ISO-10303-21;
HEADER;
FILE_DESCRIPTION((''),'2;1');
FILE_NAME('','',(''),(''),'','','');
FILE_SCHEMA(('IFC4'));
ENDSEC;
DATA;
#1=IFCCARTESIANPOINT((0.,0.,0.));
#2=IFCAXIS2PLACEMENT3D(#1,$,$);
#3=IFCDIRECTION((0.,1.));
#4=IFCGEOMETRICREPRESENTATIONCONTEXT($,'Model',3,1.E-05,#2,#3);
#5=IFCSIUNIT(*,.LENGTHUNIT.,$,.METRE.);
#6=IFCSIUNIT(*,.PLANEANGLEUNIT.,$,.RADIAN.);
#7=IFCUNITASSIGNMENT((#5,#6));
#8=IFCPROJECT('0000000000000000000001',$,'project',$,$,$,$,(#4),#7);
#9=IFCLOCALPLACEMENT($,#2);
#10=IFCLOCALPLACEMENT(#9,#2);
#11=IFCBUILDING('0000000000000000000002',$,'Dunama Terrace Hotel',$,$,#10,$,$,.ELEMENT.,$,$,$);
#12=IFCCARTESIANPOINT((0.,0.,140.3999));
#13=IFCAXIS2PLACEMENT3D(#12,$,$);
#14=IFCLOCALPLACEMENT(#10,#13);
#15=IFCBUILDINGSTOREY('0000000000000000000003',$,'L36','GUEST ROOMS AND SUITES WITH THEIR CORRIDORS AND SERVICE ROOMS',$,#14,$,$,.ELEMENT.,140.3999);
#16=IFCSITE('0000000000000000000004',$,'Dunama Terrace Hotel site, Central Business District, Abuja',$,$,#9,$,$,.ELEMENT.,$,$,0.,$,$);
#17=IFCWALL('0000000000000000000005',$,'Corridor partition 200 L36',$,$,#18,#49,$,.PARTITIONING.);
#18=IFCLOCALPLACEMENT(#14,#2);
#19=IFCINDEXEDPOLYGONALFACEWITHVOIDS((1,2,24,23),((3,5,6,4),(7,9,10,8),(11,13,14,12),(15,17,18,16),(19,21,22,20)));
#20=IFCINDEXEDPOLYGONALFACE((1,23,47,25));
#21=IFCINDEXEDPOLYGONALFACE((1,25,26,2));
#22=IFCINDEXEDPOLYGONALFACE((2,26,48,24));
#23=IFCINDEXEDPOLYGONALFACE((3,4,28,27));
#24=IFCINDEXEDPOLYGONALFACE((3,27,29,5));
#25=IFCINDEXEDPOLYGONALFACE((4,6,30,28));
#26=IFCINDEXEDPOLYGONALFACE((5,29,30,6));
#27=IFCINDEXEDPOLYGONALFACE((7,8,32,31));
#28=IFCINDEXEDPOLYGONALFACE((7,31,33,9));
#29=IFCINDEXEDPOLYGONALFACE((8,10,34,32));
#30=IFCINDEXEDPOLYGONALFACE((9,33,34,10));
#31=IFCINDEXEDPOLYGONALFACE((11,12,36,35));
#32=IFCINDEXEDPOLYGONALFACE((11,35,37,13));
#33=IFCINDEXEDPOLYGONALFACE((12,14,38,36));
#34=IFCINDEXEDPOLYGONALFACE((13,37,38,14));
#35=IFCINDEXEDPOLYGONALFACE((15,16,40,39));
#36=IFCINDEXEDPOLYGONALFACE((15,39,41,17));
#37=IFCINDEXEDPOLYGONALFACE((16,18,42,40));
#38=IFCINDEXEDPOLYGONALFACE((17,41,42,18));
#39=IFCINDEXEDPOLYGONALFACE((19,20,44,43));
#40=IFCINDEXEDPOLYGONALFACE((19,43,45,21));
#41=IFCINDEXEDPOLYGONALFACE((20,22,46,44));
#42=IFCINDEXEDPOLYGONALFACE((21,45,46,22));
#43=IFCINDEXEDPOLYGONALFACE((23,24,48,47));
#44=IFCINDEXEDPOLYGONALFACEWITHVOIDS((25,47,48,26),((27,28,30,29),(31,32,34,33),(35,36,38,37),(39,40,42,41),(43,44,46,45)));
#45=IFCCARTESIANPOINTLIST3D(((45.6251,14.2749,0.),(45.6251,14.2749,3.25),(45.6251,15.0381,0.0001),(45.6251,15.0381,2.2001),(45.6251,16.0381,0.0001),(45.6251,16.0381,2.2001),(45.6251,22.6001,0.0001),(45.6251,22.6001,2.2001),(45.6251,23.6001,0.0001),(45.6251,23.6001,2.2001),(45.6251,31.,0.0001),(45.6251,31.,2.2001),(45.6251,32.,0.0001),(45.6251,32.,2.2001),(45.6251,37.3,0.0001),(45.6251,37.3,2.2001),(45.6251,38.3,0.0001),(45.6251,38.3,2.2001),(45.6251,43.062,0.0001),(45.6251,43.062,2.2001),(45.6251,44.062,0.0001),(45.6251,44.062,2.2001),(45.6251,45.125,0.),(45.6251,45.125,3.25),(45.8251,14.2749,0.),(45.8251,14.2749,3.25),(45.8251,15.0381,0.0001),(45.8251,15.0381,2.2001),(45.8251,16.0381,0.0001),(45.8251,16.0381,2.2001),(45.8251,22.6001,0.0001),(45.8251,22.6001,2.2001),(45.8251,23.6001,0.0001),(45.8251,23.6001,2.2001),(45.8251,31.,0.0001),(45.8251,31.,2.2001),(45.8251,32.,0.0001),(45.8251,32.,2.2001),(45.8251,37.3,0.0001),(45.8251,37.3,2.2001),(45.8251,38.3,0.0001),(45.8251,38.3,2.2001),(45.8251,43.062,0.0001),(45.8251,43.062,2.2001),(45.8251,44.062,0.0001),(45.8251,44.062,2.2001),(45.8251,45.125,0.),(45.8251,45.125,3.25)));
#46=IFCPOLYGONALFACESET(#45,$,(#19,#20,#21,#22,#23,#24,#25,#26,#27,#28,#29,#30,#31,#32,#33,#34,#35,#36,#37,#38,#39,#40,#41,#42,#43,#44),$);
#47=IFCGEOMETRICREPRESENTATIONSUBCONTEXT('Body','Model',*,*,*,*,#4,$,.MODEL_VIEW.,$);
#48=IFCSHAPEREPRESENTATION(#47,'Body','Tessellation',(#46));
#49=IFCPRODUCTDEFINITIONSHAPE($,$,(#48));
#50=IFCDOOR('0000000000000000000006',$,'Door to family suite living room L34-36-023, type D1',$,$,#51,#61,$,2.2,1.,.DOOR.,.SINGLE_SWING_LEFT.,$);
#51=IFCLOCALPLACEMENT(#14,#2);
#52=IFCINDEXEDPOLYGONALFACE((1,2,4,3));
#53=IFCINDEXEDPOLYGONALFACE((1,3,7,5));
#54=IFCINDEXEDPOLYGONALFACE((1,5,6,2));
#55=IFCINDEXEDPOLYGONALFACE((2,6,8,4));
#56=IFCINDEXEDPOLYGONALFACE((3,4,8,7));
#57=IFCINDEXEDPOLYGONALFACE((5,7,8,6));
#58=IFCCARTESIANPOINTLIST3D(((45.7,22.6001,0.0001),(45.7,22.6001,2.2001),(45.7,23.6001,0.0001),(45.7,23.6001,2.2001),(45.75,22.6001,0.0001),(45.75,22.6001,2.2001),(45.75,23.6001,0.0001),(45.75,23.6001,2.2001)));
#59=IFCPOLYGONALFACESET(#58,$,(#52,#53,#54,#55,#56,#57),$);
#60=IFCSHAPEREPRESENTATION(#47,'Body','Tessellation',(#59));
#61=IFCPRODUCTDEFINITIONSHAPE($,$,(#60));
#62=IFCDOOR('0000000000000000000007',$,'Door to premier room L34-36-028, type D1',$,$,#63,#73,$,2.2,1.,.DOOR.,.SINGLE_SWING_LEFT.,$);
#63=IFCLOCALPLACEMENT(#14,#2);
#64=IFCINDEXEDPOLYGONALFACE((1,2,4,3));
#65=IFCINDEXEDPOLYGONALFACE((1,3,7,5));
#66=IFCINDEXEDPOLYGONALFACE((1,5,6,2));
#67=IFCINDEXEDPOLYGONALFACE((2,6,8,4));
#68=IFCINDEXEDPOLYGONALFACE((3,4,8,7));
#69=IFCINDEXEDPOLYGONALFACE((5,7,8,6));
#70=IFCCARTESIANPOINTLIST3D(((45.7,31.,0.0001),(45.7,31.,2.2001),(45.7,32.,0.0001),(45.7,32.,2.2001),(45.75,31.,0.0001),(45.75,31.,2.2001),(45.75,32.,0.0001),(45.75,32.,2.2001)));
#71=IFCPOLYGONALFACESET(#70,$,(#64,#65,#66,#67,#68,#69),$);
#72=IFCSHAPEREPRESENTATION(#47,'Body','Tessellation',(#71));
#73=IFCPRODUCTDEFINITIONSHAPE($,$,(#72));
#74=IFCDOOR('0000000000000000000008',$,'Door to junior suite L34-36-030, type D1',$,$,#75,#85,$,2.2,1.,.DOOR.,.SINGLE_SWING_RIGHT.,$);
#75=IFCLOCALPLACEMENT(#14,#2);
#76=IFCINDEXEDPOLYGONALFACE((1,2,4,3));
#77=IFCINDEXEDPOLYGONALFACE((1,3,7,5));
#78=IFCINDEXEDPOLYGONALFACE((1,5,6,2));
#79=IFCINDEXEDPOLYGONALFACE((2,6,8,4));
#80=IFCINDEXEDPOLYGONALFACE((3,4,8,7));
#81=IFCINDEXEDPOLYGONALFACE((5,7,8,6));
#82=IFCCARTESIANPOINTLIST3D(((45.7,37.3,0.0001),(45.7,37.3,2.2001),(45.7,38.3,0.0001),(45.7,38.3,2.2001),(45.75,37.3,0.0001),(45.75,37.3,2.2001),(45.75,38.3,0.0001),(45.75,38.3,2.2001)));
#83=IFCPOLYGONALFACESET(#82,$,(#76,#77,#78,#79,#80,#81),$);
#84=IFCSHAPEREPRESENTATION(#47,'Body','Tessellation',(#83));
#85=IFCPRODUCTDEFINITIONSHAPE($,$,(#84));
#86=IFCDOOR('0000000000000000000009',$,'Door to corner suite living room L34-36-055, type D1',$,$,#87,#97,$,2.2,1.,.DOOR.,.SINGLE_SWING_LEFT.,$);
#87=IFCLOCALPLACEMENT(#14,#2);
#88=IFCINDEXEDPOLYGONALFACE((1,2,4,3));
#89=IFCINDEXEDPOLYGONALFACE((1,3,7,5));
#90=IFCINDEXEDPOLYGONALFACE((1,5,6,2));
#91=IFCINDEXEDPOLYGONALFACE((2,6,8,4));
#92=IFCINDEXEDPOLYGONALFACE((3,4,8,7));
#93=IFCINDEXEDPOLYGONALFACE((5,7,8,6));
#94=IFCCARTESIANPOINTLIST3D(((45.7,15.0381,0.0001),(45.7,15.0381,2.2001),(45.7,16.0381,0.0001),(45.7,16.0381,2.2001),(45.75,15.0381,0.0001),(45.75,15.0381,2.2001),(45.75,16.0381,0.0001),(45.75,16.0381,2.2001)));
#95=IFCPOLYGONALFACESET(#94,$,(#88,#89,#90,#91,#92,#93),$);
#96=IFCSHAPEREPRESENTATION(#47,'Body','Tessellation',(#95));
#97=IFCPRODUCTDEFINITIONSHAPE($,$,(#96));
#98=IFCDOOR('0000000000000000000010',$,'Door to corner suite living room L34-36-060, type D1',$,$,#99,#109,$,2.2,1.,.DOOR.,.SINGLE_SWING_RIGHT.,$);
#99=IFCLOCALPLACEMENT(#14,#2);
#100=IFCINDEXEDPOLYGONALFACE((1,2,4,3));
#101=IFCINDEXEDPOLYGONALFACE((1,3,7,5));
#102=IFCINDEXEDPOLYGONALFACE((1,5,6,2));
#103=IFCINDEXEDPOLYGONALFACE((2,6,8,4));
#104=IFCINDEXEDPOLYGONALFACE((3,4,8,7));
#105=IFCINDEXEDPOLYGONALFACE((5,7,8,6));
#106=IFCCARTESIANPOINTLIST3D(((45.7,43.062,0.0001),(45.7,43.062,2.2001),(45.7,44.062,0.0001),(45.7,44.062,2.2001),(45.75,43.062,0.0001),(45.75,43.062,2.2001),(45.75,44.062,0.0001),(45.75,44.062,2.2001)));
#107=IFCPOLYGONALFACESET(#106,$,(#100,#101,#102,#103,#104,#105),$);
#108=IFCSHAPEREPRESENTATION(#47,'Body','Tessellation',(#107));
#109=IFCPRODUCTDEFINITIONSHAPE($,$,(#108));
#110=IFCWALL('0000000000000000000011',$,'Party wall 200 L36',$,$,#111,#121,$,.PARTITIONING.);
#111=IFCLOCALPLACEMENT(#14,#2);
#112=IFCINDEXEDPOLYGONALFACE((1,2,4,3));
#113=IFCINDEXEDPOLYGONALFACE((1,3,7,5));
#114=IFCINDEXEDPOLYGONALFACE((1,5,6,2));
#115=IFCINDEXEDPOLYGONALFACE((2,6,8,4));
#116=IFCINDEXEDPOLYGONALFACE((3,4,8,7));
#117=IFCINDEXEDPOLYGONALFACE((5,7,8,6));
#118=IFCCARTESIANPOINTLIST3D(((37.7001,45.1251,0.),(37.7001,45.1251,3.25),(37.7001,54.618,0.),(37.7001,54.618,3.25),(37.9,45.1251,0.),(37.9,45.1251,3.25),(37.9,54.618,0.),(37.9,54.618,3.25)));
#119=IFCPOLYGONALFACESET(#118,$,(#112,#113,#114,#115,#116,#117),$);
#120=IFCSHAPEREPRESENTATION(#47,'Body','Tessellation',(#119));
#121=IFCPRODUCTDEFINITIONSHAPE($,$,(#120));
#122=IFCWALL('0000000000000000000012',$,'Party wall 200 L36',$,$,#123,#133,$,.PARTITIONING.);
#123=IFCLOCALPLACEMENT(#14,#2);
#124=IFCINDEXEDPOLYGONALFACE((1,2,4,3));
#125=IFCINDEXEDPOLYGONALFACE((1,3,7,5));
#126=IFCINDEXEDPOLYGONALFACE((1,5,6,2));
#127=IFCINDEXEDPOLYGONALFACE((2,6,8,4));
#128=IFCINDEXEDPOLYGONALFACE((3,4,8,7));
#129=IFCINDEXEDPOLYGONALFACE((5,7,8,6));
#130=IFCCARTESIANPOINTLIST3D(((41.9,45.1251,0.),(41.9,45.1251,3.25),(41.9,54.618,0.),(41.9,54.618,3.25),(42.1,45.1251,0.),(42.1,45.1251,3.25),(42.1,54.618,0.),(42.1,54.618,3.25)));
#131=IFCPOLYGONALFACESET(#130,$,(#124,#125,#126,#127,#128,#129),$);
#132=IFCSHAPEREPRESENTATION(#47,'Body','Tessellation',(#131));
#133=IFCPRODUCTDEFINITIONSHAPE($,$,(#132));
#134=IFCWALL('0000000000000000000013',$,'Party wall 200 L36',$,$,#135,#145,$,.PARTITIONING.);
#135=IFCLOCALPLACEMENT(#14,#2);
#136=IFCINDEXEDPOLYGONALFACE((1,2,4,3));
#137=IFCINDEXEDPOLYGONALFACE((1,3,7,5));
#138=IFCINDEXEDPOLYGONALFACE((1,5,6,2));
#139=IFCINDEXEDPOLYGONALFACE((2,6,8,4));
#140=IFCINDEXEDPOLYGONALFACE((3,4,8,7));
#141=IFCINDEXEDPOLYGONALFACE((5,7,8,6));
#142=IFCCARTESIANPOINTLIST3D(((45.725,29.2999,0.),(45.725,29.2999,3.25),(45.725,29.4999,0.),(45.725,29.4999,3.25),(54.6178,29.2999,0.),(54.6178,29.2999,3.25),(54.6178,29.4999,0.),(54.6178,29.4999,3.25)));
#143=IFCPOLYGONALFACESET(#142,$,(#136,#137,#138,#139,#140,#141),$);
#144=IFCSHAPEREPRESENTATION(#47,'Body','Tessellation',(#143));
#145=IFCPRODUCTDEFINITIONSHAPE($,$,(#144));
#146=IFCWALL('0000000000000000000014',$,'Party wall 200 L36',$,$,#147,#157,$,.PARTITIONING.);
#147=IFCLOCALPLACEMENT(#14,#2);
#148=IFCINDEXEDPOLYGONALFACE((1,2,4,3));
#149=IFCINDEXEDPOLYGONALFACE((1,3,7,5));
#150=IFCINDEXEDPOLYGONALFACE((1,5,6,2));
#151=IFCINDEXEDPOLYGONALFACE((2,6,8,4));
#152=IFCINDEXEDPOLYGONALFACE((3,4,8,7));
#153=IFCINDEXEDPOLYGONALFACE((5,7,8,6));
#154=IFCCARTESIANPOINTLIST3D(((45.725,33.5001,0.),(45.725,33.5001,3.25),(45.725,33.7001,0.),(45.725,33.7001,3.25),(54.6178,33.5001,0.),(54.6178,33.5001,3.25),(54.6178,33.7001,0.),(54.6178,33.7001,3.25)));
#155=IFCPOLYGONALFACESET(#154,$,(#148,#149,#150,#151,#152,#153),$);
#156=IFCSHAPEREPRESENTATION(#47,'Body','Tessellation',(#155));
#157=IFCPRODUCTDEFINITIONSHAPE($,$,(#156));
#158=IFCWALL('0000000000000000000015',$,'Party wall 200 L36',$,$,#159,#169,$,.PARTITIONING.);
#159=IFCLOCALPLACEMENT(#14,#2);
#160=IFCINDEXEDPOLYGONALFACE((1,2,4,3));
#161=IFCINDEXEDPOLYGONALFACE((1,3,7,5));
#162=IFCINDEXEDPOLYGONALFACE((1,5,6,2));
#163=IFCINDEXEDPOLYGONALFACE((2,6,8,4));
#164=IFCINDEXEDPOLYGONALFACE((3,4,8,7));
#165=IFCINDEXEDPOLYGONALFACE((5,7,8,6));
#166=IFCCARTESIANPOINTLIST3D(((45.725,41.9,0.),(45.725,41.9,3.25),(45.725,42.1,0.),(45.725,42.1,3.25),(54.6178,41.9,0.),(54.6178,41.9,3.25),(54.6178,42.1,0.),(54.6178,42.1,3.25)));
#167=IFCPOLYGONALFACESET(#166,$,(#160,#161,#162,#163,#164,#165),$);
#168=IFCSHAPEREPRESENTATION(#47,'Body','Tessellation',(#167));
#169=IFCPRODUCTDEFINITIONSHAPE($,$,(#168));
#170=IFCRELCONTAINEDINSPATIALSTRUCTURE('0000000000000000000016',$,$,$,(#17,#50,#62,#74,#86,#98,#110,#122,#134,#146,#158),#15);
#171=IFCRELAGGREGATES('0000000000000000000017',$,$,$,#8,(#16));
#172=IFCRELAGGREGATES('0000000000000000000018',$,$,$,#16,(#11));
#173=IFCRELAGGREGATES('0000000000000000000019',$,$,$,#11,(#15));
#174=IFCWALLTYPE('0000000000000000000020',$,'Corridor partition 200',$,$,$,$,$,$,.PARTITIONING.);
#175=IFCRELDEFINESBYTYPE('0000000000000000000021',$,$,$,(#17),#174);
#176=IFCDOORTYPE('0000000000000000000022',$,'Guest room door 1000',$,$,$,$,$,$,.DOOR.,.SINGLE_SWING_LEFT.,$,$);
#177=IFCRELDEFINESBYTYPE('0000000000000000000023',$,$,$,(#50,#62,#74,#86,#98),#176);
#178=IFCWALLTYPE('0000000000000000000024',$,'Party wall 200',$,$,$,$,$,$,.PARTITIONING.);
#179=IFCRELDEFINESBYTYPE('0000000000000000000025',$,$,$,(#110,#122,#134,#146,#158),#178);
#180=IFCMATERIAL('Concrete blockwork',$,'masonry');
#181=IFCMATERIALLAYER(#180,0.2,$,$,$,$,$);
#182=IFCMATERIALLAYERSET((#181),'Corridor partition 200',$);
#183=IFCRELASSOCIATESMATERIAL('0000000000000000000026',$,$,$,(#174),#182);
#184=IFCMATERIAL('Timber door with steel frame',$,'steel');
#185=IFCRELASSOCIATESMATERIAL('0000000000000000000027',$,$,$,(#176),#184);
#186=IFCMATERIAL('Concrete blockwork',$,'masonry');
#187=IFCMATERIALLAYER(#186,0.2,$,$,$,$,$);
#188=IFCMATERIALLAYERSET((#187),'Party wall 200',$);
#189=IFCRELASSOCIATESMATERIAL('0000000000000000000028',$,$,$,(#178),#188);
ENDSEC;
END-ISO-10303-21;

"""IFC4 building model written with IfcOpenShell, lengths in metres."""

from ifc_helpers import new_model, si_unit, direction, frame, frame_2d, origin, place, context, subcontext, project, spatial, rectangle, extrude, material, layer, layer_set, type_object, element, fill, save


model = new_model("IFC4")

# Units and contexts
model_context = context("Model", 3, precision=1e-05, world=origin(), true_north=direction((0.0, 1.0)))
body_context = subcontext(model_context, "Body", "Model", "MODEL_VIEW")
ifc_project = project(units=[si_unit("LENGTHUNIT", "METRE"), si_unit("PLANEANGLEUNIT", "RADIAN")], contexts=[model_context])

# Site, building, storey
site_placement = place(None, origin())
site = spatial("IfcSite", under=ifc_project, at=site_placement, Name="Dunama Terrace Hotel site, Central Business District, Abuja", CompositionType="ELEMENT", RefElevation=0.0)
building_placement = place(site_placement, origin())
building = spatial("IfcBuilding", under=site, at=building_placement, Name="Dunama Terrace Hotel", CompositionType="ELEMENT")
storey_placement = place(building_placement, frame((0.0, 0.0, 140.3999)))
storey = spatial("IfcBuildingStorey", under=building, at=storey_placement, Name="L36", Description="GUEST ROOMS AND SUITES WITH THEIR CORRIDORS AND SERVICE ROOMS", CompositionType="ELEMENT", Elevation=140.3999)

# Wall, openings, doors
ifc_material_1 = material(Name="Concrete blockwork", Category="masonry")
ifc_layer_1 = layer(ifc_material_1, 0.2)
ifc_layer_set_1 = layer_set([ifc_layer_1], Name="Corridor partition 200")
wall_type_1 = type_object("IfcWallType", Name="Corridor partition 200", PredefinedType="PARTITIONING", material=ifc_layer_set_1)
wall_1_placement = place(storey_placement, frame((45.7251, 45.125, 0.0), z_axis=(0.0, 0.0, 1.0), x_axis=(0.0, -1.0, 0.0)))
wall_1 = element("IfcWall", 1, at=wall_1_placement, inside=storey, type_object=wall_type_1, Name="Corridor partition 200 L36", PredefinedType="PARTITIONING", context=body_context, shape_type="SweptSolid", body=[
    extrude(rectangle(XDim=30.8501, YDim=0.2, at=frame_2d((15.425, 0.0))), origin(), (0.0, 0.0, 1.0), 3.25),
])
opening_1_placement = place(wall_1_placement, frame((21.5249, 0.0, 0.0)))
opening_1 = element("IfcOpeningElement", 2, at=opening_1_placement, cuts=wall_1, PredefinedType="OPENING", context=body_context, shape_type="SweptSolid", body=[
    extrude(rectangle(XDim=1.0, YDim=2.2, at=frame_2d((0.5, 1.1001))), frame((0.0, 0.1099, 0.0), z_axis=(0.0, -1.0, 0.0), x_axis=(1.0, 0.0, 0.0)), (0.0, 0.0, 1.0), 0.22),
])
opening_2_placement = place(wall_1_placement, frame((13.125, 0.0, 0.0)))
opening_2 = element("IfcOpeningElement", 3, at=opening_2_placement, cuts=wall_1, PredefinedType="OPENING", context=body_context, shape_type="SweptSolid", body=[
    extrude(rectangle(XDim=1.0, YDim=2.2, at=frame_2d((0.5, 1.1001))), frame((0.0, 0.1099, 0.0), z_axis=(0.0, -1.0, 0.0), x_axis=(1.0, 0.0, 0.0)), (0.0, 0.0, 1.0), 0.22),
])
opening_3_placement = place(wall_1_placement, frame((6.825, 0.0, 0.0)))
opening_3 = element("IfcOpeningElement", 4, at=opening_3_placement, cuts=wall_1, PredefinedType="OPENING", context=body_context, shape_type="SweptSolid", body=[
    extrude(rectangle(XDim=1.0, YDim=2.2, at=frame_2d((0.5, 1.1001))), frame((0.0, 0.1099, 0.0), z_axis=(0.0, -1.0, 0.0), x_axis=(1.0, 0.0, 0.0)), (0.0, 0.0, 1.0), 0.22),
])
opening_4_placement = place(wall_1_placement, frame((29.0869, 0.0, 0.0)))
opening_4 = element("IfcOpeningElement", 5, at=opening_4_placement, cuts=wall_1, PredefinedType="OPENING", context=body_context, shape_type="SweptSolid", body=[
    extrude(rectangle(XDim=1.0, YDim=2.2, at=frame_2d((0.5, 1.1001))), frame((0.0, 0.1099, 0.0), z_axis=(0.0, -1.0, 0.0), x_axis=(1.0, 0.0, 0.0)), (0.0, 0.0, 1.0), 0.22),
])
opening_5_placement = place(wall_1_placement, frame((1.063, 0.0, 0.0)))
opening_5 = element("IfcOpeningElement", 6, at=opening_5_placement, cuts=wall_1, PredefinedType="OPENING", context=body_context, shape_type="SweptSolid", body=[
    extrude(rectangle(XDim=1.0, YDim=2.2, at=frame_2d((0.5, 1.1001))), frame((0.0, 0.1099, 0.0), z_axis=(0.0, -1.0, 0.0), x_axis=(1.0, 0.0, 0.0)), (0.0, 0.0, 1.0), 0.22),
])
ifc_material_2 = material(Name="Timber door with steel frame", Category="steel")
door_type_1 = type_object("IfcDoorType", Name="Guest room door 1000", OperationType="SINGLE_SWING_LEFT", PredefinedType="DOOR", material=ifc_material_2)
door_1_placement = place(opening_1_placement, origin())
door_1 = element("IfcDoor", 7, at=door_1_placement, inside=storey, type_object=door_type_1, Name="Door to family suite living room L34-36-023, type D1", OperationType="SINGLE_SWING_LEFT", OverallHeight=2.2, OverallWidth=1.0, PredefinedType="DOOR", context=body_context, shape_type="SweptSolid", body=[
    extrude(rectangle(XDim=1.0, YDim=2.2, at=frame_2d((0.5, 1.1001))), frame((0.0, 0.0249, 0.0), z_axis=(0.0, -1.0, 0.0), x_axis=(1.0, 0.0, 0.0)), (0.0, 0.0, 1.0), 0.05),
])
fill(opening_1, door_1)
door_2_placement = place(opening_2_placement, origin())
door_2 = element("IfcDoor", 8, at=door_2_placement, inside=storey, type_object=door_type_1, Name="Door to premier room L34-36-028, type D1", OperationType="SINGLE_SWING_LEFT", OverallHeight=2.2, OverallWidth=1.0, PredefinedType="DOOR", context=body_context, shape_type="SweptSolid", body=[
    extrude(rectangle(XDim=1.0, YDim=2.2, at=frame_2d((0.5, 1.1001))), frame((0.0, 0.0249, 0.0), z_axis=(0.0, -1.0, 0.0), x_axis=(1.0, 0.0, 0.0)), (0.0, 0.0, 1.0), 0.05),
])
fill(opening_2, door_2)
door_3_placement = place(opening_3_placement, origin())
door_3 = element("IfcDoor", 9, at=door_3_placement, inside=storey, type_object=door_type_1, Name="Door to junior suite L34-36-030, type D1", OperationType="SINGLE_SWING_RIGHT", OverallHeight=2.2, OverallWidth=1.0, PredefinedType="DOOR", context=body_context, shape_type="SweptSolid", body=[
    extrude(rectangle(XDim=1.0, YDim=2.2, at=frame_2d((0.5, 1.1001))), frame((0.0, 0.0249, 0.0), z_axis=(0.0, -1.0, 0.0), x_axis=(1.0, 0.0, 0.0)), (0.0, 0.0, 1.0), 0.05),
])
fill(opening_3, door_3)
door_4_placement = place(opening_4_placement, origin())
door_4 = element("IfcDoor", 10, at=door_4_placement, inside=storey, type_object=door_type_1, Name="Door to corner suite living room L34-36-055, type D1", OperationType="SINGLE_SWING_LEFT", OverallHeight=2.2, OverallWidth=1.0, PredefinedType="DOOR", context=body_context, shape_type="SweptSolid", body=[
    extrude(rectangle(XDim=1.0, YDim=2.2, at=frame_2d((0.5, 1.1001))), frame((0.0, 0.0249, 0.0), z_axis=(0.0, -1.0, 0.0), x_axis=(1.0, 0.0, 0.0)), (0.0, 0.0, 1.0), 0.05),
])
fill(opening_4, door_4)
door_5_placement = place(opening_5_placement, origin())
door_5 = element("IfcDoor", 11, at=door_5_placement, inside=storey, type_object=door_type_1, Name="Door to corner suite living room L34-36-060, type D1", OperationType="SINGLE_SWING_RIGHT", OverallHeight=2.2, OverallWidth=1.0, PredefinedType="DOOR", context=body_context, shape_type="SweptSolid", body=[
    extrude(rectangle(XDim=1.0, YDim=2.2, at=frame_2d((0.5, 1.1001))), frame((0.0, 0.0249, 0.0), z_axis=(0.0, -1.0, 0.0), x_axis=(1.0, 0.0, 0.0)), (0.0, 0.0, 1.0), 0.05),
])
fill(opening_5, door_5)

# Walls
ifc_material_3 = material(Name="Concrete blockwork", Category="masonry")
ifc_layer_2 = layer(ifc_material_3, 0.2)
ifc_layer_set_2 = layer_set([ifc_layer_2], Name="Party wall 200")
wall_type_2 = type_object("IfcWallType", Name="Party wall 200", PredefinedType="PARTITIONING", material=ifc_layer_set_2)
for number, where, z_axis, x_axis, name in (
    (12, (37.8, 45.125, 0.0), (0.0, 0.0, 1.0), (0.0, 1.0, 0.0), "Party wall 200 L36"),
    (13, (42.0, 45.125, 0.0), (0.0, 0.0, 1.0), (0.0, 1.0, 0.0), "Party wall 200 L36"),
):
    element("IfcWall", number, at=place(storey_placement, frame(where, z_axis=z_axis, x_axis=x_axis)), inside=storey, type_object=wall_type_2, Name=name, PredefinedType="PARTITIONING", context=body_context, shape_type="SweptSolid", body=[
        extrude(rectangle(XDim=9.4929, YDim=0.2, at=frame_2d((4.7466, 0.0))), origin(), (0.0, 0.0, 1.0), 3.25),
    ])
for number, where, z_axis, x_axis, name in (
    (14, (45.7251, 29.3999, 0.0), (0.0, 0.0, 1.0), (1.0, 0.0, 0.0), "Party wall 200 L36"),
    (15, (45.7251, 33.6001, 0.0), (0.0, 0.0, 1.0), (1.0, 0.0, 0.0), "Party wall 200 L36"),
    (16, (45.7251, 42.0, 0.0), (0.0, 0.0, 1.0), (1.0, 0.0, 0.0), "Party wall 200 L36"),
):
    element("IfcWall", number, at=place(storey_placement, frame(where, z_axis=z_axis, x_axis=x_axis)), inside=storey, type_object=wall_type_2, Name=name, PredefinedType="PARTITIONING", context=body_context, shape_type="SweptSolid", body=[
        extrude(rectangle(XDim=8.8928, YDim=0.2, at=frame_2d((4.4463, 0.0))), origin(), (0.0, 0.0, 1.0), 3.25),
    ])

save(model, "model.ifc")
